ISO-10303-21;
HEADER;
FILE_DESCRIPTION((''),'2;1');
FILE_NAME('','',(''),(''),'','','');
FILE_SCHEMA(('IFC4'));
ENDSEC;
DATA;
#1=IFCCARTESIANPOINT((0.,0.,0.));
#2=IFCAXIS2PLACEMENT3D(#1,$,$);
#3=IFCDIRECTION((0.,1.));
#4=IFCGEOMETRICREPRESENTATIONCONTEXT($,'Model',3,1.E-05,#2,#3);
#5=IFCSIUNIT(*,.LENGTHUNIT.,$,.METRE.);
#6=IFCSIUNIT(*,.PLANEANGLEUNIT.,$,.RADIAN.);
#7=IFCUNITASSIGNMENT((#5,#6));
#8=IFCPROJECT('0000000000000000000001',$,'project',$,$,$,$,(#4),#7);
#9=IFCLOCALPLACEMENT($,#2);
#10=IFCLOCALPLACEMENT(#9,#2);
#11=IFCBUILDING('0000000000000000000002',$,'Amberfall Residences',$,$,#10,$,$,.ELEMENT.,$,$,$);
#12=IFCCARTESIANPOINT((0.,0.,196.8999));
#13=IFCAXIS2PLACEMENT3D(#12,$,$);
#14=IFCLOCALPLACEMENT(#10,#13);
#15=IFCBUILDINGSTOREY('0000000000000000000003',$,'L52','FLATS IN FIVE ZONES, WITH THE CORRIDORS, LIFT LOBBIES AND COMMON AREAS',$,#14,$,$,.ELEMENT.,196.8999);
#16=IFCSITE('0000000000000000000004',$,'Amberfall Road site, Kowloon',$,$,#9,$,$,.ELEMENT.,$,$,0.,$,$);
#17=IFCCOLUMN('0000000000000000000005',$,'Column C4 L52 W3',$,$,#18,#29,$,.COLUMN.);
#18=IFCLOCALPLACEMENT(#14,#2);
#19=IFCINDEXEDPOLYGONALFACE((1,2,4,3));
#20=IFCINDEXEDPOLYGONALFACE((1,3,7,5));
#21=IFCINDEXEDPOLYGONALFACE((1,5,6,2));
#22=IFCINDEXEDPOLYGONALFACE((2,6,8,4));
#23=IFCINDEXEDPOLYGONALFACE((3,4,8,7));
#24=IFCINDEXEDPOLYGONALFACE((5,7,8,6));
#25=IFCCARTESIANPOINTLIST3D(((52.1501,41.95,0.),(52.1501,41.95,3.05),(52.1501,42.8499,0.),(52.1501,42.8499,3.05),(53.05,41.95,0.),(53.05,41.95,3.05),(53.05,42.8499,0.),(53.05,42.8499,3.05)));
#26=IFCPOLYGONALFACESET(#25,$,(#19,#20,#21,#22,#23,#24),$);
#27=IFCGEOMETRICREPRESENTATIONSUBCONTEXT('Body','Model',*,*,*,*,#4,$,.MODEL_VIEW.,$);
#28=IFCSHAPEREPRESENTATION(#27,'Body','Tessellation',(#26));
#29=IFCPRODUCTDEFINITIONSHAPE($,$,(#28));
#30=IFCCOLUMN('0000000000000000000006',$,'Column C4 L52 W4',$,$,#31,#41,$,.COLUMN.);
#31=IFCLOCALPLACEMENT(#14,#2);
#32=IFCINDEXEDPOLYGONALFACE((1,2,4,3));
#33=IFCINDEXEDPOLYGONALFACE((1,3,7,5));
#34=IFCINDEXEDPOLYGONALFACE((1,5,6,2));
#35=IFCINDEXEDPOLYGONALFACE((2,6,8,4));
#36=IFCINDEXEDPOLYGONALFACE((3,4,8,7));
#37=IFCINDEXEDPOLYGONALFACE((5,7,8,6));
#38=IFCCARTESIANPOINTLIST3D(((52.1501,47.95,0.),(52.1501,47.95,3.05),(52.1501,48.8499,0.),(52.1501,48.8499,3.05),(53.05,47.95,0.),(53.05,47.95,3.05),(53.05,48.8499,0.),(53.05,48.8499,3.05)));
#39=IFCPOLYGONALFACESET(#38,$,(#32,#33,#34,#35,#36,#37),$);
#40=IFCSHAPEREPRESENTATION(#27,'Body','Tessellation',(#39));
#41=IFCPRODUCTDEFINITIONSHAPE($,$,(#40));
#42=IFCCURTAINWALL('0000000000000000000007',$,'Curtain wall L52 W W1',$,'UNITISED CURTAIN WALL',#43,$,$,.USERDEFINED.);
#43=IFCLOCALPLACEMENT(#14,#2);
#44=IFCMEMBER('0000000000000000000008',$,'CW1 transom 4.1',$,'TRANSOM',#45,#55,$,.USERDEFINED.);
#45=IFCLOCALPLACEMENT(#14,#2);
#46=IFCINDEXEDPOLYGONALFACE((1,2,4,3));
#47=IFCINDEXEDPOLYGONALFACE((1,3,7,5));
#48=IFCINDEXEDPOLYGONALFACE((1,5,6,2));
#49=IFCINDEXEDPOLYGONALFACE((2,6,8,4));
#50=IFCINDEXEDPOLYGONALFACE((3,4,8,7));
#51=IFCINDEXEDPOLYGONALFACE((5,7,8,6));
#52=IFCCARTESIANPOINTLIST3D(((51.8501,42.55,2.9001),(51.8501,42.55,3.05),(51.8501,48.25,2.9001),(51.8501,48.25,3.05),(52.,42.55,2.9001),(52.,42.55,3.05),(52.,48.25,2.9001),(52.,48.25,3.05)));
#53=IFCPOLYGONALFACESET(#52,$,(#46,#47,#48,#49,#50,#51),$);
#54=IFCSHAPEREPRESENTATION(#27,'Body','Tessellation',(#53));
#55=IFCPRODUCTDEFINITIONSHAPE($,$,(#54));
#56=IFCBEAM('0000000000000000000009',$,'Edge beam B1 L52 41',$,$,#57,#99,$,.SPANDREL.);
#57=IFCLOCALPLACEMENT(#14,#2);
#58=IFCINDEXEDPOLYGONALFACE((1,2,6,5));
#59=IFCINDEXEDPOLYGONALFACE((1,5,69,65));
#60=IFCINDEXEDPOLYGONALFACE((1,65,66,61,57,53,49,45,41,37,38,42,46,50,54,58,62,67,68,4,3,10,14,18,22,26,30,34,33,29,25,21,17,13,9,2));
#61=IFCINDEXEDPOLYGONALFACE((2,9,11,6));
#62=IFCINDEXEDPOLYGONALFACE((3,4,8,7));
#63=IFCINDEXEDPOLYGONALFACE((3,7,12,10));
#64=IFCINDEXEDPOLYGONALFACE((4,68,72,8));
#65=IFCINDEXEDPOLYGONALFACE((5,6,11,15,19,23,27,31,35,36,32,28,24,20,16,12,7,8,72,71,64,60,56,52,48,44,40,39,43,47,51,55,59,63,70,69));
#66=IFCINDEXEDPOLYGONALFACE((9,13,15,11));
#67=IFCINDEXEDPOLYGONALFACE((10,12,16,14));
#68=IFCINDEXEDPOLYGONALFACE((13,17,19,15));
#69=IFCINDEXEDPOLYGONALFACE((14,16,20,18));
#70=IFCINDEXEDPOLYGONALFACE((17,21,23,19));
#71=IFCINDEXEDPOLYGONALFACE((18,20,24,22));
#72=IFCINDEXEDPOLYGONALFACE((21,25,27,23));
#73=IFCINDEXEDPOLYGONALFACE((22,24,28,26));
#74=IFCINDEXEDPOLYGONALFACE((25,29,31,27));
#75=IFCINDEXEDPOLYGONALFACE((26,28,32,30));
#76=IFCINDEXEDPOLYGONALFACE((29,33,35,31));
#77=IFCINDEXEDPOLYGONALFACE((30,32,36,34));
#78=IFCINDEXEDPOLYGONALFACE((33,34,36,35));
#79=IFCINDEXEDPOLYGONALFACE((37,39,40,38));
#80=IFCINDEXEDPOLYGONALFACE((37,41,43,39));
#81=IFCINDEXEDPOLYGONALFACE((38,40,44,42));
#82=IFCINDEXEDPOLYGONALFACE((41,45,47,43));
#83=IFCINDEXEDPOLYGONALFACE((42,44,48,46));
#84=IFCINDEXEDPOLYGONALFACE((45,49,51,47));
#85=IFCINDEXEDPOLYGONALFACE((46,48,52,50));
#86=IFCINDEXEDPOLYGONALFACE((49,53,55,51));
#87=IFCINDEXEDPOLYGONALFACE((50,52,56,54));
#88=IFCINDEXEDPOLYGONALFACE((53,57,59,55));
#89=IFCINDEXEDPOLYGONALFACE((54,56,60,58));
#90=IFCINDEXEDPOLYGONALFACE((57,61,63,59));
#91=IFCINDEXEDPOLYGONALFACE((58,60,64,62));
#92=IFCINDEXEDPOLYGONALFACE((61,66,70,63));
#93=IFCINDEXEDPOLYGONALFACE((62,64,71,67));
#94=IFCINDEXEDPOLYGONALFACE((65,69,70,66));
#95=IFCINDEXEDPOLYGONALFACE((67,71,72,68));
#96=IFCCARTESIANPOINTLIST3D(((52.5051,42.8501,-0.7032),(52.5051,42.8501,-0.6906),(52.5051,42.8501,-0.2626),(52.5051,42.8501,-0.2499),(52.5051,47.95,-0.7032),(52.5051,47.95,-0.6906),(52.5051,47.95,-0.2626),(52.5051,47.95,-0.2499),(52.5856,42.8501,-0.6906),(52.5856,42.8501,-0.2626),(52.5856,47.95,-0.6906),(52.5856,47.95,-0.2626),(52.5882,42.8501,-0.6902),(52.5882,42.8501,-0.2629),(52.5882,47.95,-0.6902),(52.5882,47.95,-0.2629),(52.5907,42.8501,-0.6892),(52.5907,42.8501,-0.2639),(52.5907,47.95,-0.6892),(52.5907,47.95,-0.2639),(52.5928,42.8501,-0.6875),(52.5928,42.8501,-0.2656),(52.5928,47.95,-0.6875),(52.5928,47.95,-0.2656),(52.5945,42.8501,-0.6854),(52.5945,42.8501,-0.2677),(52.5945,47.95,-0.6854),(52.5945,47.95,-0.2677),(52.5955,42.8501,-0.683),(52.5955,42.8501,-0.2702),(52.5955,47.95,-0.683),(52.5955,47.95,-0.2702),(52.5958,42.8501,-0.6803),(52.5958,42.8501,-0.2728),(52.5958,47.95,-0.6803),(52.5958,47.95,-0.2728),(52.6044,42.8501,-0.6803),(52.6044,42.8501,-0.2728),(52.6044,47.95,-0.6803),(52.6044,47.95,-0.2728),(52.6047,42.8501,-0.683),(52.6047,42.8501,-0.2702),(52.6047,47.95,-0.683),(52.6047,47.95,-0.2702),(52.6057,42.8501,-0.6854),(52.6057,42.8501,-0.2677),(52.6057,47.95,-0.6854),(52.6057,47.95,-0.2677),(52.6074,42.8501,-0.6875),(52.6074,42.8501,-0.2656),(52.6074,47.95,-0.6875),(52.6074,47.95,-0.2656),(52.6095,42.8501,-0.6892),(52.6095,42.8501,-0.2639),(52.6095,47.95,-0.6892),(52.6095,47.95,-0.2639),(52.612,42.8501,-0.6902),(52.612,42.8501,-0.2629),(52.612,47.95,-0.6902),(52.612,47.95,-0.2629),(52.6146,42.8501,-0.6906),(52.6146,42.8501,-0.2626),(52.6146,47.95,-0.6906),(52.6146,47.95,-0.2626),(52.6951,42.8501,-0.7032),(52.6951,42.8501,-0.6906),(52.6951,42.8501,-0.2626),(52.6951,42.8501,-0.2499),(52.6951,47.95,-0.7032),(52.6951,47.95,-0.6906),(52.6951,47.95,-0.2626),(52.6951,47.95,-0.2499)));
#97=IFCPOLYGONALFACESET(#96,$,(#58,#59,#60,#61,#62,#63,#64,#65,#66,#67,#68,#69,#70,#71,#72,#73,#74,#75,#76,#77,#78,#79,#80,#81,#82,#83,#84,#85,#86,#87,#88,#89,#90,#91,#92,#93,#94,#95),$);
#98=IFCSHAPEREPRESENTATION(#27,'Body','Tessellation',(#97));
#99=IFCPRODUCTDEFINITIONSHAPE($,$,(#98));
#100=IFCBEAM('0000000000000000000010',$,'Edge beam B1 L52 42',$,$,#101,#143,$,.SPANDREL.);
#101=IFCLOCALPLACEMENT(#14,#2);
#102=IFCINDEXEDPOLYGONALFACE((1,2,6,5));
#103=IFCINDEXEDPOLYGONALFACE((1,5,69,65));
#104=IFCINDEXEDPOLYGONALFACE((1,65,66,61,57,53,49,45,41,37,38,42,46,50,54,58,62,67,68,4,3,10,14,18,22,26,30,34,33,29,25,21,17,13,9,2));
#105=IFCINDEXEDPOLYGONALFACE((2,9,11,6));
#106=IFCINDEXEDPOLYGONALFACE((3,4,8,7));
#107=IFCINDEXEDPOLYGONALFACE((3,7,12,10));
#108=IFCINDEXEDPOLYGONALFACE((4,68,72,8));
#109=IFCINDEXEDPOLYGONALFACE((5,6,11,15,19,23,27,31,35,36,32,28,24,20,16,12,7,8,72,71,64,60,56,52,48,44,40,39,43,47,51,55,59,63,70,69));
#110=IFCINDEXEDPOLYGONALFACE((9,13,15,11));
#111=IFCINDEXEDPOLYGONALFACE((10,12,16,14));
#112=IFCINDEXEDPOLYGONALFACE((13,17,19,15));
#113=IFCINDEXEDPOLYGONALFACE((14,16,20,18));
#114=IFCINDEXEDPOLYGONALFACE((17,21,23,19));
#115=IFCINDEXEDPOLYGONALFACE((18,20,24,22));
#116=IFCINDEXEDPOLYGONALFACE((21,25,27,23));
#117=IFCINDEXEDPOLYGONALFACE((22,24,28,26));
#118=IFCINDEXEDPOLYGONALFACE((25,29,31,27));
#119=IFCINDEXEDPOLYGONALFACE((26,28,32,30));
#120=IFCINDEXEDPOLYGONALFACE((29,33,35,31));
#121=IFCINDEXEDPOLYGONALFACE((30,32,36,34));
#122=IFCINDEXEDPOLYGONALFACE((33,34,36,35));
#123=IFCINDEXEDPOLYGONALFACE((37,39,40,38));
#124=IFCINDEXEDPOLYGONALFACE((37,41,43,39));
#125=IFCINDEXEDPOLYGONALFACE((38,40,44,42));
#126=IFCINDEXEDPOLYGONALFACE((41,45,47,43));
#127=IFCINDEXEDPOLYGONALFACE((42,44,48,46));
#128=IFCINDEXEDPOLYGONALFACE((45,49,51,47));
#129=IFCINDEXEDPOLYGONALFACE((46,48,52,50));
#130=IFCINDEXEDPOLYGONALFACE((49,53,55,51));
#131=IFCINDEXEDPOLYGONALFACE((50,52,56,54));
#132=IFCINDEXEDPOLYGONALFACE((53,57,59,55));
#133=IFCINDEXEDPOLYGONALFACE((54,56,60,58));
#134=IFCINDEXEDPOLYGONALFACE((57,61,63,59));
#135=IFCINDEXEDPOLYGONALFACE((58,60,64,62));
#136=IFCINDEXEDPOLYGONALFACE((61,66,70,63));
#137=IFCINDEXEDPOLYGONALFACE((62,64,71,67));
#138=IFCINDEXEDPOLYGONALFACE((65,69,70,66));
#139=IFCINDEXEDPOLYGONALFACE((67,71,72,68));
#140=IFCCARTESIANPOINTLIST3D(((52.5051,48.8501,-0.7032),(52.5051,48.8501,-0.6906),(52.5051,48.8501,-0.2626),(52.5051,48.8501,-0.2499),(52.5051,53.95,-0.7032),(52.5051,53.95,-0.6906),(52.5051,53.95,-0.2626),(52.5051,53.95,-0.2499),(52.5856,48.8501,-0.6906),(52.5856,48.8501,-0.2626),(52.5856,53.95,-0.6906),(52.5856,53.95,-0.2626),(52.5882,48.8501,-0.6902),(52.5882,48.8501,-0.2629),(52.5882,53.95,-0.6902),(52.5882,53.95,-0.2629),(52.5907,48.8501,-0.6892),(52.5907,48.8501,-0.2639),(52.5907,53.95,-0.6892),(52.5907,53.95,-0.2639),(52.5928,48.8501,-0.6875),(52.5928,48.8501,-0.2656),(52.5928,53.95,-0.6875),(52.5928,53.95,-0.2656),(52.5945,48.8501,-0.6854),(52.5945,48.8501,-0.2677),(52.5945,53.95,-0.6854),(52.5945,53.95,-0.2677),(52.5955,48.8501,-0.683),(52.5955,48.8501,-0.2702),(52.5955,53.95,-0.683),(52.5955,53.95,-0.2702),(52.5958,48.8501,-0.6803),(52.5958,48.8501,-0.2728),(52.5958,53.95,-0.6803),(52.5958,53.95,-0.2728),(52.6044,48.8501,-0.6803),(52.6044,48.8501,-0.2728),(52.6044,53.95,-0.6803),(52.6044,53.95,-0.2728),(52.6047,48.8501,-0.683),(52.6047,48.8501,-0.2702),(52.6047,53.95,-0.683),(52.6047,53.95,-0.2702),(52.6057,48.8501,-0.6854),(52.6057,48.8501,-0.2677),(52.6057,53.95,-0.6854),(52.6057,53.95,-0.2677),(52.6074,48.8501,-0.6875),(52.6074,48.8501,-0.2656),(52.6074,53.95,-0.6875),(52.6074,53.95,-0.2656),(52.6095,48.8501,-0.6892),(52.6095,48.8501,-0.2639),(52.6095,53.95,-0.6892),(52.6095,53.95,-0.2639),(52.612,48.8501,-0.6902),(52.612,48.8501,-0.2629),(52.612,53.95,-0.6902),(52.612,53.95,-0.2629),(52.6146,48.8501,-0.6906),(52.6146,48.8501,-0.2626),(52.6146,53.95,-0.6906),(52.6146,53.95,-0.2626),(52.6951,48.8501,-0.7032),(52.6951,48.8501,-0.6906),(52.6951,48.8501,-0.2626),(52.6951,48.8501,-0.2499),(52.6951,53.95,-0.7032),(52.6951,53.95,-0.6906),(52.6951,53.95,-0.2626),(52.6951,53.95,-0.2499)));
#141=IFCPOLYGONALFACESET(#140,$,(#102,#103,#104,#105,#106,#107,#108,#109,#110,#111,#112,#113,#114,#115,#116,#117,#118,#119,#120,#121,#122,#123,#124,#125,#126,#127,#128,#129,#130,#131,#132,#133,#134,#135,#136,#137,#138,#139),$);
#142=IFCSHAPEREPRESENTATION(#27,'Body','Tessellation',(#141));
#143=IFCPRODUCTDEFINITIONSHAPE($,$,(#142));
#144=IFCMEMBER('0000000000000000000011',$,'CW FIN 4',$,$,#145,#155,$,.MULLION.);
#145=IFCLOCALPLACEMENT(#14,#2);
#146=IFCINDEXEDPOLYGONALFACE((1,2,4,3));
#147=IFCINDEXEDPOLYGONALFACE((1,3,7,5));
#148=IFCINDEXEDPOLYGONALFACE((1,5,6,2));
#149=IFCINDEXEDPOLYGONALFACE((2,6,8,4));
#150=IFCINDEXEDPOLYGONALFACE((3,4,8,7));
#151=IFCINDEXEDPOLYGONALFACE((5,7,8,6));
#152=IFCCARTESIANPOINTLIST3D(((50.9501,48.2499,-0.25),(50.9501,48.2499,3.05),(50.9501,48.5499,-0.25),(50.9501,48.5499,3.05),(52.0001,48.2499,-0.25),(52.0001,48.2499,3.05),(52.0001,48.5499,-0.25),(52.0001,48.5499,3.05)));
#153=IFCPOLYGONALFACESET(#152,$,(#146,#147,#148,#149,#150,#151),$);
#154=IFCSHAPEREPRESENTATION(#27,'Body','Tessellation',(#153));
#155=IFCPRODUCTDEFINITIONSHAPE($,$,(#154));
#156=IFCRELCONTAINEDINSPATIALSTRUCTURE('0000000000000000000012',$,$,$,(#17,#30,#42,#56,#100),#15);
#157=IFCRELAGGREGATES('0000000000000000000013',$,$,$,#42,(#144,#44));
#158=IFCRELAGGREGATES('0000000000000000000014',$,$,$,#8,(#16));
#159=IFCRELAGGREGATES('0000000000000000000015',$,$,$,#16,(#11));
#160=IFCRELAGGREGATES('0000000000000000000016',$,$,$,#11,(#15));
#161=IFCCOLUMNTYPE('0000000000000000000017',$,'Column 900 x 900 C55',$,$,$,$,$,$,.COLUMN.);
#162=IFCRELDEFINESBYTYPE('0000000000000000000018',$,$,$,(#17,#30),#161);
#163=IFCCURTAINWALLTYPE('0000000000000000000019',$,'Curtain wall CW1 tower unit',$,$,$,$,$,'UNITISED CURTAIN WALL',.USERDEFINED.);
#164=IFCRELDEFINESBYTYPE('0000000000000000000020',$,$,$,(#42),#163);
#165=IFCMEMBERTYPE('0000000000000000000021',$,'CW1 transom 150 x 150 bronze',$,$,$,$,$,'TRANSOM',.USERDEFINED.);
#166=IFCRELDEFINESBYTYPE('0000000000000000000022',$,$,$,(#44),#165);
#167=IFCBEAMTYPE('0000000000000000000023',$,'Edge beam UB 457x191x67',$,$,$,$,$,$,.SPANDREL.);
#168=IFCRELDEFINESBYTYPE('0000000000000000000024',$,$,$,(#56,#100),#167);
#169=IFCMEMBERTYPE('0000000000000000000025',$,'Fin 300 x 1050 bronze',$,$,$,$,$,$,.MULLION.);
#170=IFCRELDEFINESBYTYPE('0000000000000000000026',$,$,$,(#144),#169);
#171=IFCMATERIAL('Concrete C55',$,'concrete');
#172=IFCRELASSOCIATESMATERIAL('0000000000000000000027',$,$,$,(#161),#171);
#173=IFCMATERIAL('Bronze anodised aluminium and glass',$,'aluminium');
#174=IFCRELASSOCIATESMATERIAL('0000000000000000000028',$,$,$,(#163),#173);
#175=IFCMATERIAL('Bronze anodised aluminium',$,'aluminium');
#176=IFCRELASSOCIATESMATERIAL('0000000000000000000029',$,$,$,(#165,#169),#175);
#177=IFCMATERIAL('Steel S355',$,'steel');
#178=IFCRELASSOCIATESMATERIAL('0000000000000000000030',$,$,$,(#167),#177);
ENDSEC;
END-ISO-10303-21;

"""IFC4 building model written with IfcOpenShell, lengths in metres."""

from ifc_helpers import new_model, si_unit, direction, frame, origin, origin_2d, place, context, subcontext, project, spatial, rectangle, i_section, extrude, material, material_profile, profile_set, type_object, element, aggregate, save


model = new_model("IFC4")

# Units and contexts
model_context = context("Model", 3, precision=1e-05, world=origin(), true_north=direction((0.0, 1.0)))
body_context = subcontext(model_context, "Body", "Model", "MODEL_VIEW")
ifc_project = project(units=[si_unit("LENGTHUNIT", "METRE"), si_unit("PLANEANGLEUNIT", "RADIAN")], contexts=[model_context])

# Site, building, storey
site_placement = place(None, origin())
site = spatial("IfcSite", under=ifc_project, at=site_placement, Name="Amberfall Road site, Kowloon", CompositionType="ELEMENT", RefElevation=0.0)
building_placement = place(site_placement, origin())
building = spatial("IfcBuilding", under=site, at=building_placement, Name="Amberfall Residences", CompositionType="ELEMENT")
storey_placement = place(building_placement, frame((0.0, 0.0, 196.8999)))
storey = spatial("IfcBuildingStorey", under=building, at=storey_placement, Name="L52", Description="FLATS IN FIVE ZONES, WITH THE CORRIDORS, LIFT LOBBIES AND COMMON AREAS", CompositionType="ELEMENT", Elevation=196.8999)

# Columns
ifc_material_1 = material(Name="Concrete C55", Category="concrete")
ifc_material_profile_1 = material_profile(ifc_material_1, rectangle(XDim=0.8999, YDim=0.8999, at=origin_2d()), Name="Column 900 x 900 C55")
ifc_profile_set_1 = profile_set([ifc_material_profile_1], Name="Concrete C55")
column_type = type_object("IfcColumnType", Name="Column 900 x 900 C55", PredefinedType="COLUMN", material=ifc_profile_set_1)
for number, where, z_axis, x_axis, name in (
    (1, (52.6001, 42.3999, 0.0), (0.0, 0.0, 1.0), (1.0, 0.0, 0.0), "Column C4 L52 W3"),
    (2, (52.6001, 48.3999, 0.0), (0.0, 0.0, 1.0), (1.0, 0.0, 0.0), "Column C4 L52 W4"),
):
    element("IfcColumn", number, at=place(storey_placement, frame(where, z_axis=z_axis, x_axis=x_axis)), inside=storey, type_object=column_type, Name=name, PredefinedType="COLUMN", context=body_context, shape_type="SweptSolid", body=[
        extrude(rectangle(XDim=0.8999, YDim=0.8999, at=origin_2d()), origin(), (0.0, 0.0, 1.0), 3.05),
    ])

# Curtain wall, member
ifc_material_2 = material(Name="Bronze anodised aluminium and glass", Category="aluminium")
curtain_wall_type = type_object("IfcCurtainWallType", Name="Curtain wall CW1 tower unit", ElementType="UNITISED CURTAIN WALL", PredefinedType="USERDEFINED", material=ifc_material_2)
curtain_wall_placement = place(storey_placement, origin())
curtain_wall = element("IfcCurtainWall", 3, at=curtain_wall_placement, inside=storey, type_object=curtain_wall_type, Name="Curtain wall L52 W W1", ObjectType="UNITISED CURTAIN WALL", PredefinedType="USERDEFINED")
ifc_material_3 = material(Name="Bronze anodised aluminium", Category="aluminium")
ifc_material_profile_2 = material_profile(ifc_material_3, rectangle(XDim=0.1499, YDim=0.1499, at=origin_2d()), Name="CW1 transom 150 x 150 bronze")
ifc_profile_set_2 = profile_set([ifc_material_profile_2], Name="Bronze anodised aluminium")
member_type_1 = type_object("IfcMemberType", Name="CW1 transom 150 x 150 bronze", ElementType="TRANSOM", PredefinedType="USERDEFINED", material=ifc_profile_set_2)
member_1_placement = place(storey_placement, frame((51.925, 48.25, 2.9751), z_axis=(0.0, -1.0, 0.0), x_axis=(1.0, 0.0, 0.0)))
member_1 = element("IfcMember", 4, at=member_1_placement, type_object=member_type_1, Name="CW1 transom 4.1", ObjectType="TRANSOM", PredefinedType="USERDEFINED", context=body_context, shape_type="SweptSolid", body=[
    extrude(rectangle(XDim=0.1499, YDim=0.1499, at=origin_2d()), origin(), (0.0, 0.0, 1.0), 5.7),
])

# Beams
ifc_material_4 = material(Name="Steel S355", Category="steel")
ifc_material_profile_3 = material_profile(ifc_material_4, i_section(OverallWidth=0.1899, OverallDepth=0.4534, WebThickness=0.0085, FlangeThickness=0.0127, FilletRadius=0.0103, at=origin_2d()), Name="UB 457x191x67")
ifc_profile_set_3 = profile_set([ifc_material_profile_3], Name="Steel S355")
beam_type_1 = type_object("IfcBeamType", Name="Edge beam UB 457x191x67", PredefinedType="SPANDREL", material=ifc_profile_set_3)
for number, where, z_axis, x_axis, name in (
    (5, (52.6001, 42.8501, -0.4766), (0.0, 1.0, 0.0), (-1.0, 0.0, 0.0), "Edge beam B1 L52 41"),
    (6, (52.6001, 48.8501, -0.4766), (0.0, 1.0, 0.0), (-1.0, 0.0, 0.0), "Edge beam B1 L52 42"),
):
    element("IfcBeam", number, at=place(storey_placement, frame(where, z_axis=z_axis, x_axis=x_axis)), inside=storey, type_object=beam_type_1, Name=name, PredefinedType="SPANDREL", context=body_context, shape_type="SweptSolid", body=[
        extrude(i_section(OverallWidth=0.1899, OverallDepth=0.4534, WebThickness=0.0085, FlangeThickness=0.0127, FilletRadius=0.0103, at=origin_2d()), origin(), (0.0, 0.0, 1.0), 5.0999),
    ])

# Member
ifc_material_profile_4 = material_profile(ifc_material_3, rectangle(XDim=1.05, YDim=0.3, at=origin_2d()), Name="Fin 300 x 1050 bronze")
ifc_profile_set_4 = profile_set([ifc_material_profile_4], Name="Bronze anodised aluminium")
member_type_2 = type_object("IfcMemberType", Name="Fin 300 x 1050 bronze", PredefinedType="MULLION", material=ifc_profile_set_4)
member_2_placement = place(storey_placement, frame((51.4751, 48.3999, -0.25), z_axis=(0.0, 0.0, 1.0), x_axis=(1.0, 0.0, 0.0)))
member_2 = element("IfcMember", 7, at=member_2_placement, type_object=member_type_2, Name="CW FIN 4", PredefinedType="MULLION", context=body_context, shape_type="SweptSolid", body=[
    extrude(rectangle(XDim=1.05, YDim=0.3, at=origin_2d()), origin(), (0.0, 0.0, 1.0), 3.3),
])

aggregate(curtain_wall, [member_2, member_1])

save(model, "model.ifc")
